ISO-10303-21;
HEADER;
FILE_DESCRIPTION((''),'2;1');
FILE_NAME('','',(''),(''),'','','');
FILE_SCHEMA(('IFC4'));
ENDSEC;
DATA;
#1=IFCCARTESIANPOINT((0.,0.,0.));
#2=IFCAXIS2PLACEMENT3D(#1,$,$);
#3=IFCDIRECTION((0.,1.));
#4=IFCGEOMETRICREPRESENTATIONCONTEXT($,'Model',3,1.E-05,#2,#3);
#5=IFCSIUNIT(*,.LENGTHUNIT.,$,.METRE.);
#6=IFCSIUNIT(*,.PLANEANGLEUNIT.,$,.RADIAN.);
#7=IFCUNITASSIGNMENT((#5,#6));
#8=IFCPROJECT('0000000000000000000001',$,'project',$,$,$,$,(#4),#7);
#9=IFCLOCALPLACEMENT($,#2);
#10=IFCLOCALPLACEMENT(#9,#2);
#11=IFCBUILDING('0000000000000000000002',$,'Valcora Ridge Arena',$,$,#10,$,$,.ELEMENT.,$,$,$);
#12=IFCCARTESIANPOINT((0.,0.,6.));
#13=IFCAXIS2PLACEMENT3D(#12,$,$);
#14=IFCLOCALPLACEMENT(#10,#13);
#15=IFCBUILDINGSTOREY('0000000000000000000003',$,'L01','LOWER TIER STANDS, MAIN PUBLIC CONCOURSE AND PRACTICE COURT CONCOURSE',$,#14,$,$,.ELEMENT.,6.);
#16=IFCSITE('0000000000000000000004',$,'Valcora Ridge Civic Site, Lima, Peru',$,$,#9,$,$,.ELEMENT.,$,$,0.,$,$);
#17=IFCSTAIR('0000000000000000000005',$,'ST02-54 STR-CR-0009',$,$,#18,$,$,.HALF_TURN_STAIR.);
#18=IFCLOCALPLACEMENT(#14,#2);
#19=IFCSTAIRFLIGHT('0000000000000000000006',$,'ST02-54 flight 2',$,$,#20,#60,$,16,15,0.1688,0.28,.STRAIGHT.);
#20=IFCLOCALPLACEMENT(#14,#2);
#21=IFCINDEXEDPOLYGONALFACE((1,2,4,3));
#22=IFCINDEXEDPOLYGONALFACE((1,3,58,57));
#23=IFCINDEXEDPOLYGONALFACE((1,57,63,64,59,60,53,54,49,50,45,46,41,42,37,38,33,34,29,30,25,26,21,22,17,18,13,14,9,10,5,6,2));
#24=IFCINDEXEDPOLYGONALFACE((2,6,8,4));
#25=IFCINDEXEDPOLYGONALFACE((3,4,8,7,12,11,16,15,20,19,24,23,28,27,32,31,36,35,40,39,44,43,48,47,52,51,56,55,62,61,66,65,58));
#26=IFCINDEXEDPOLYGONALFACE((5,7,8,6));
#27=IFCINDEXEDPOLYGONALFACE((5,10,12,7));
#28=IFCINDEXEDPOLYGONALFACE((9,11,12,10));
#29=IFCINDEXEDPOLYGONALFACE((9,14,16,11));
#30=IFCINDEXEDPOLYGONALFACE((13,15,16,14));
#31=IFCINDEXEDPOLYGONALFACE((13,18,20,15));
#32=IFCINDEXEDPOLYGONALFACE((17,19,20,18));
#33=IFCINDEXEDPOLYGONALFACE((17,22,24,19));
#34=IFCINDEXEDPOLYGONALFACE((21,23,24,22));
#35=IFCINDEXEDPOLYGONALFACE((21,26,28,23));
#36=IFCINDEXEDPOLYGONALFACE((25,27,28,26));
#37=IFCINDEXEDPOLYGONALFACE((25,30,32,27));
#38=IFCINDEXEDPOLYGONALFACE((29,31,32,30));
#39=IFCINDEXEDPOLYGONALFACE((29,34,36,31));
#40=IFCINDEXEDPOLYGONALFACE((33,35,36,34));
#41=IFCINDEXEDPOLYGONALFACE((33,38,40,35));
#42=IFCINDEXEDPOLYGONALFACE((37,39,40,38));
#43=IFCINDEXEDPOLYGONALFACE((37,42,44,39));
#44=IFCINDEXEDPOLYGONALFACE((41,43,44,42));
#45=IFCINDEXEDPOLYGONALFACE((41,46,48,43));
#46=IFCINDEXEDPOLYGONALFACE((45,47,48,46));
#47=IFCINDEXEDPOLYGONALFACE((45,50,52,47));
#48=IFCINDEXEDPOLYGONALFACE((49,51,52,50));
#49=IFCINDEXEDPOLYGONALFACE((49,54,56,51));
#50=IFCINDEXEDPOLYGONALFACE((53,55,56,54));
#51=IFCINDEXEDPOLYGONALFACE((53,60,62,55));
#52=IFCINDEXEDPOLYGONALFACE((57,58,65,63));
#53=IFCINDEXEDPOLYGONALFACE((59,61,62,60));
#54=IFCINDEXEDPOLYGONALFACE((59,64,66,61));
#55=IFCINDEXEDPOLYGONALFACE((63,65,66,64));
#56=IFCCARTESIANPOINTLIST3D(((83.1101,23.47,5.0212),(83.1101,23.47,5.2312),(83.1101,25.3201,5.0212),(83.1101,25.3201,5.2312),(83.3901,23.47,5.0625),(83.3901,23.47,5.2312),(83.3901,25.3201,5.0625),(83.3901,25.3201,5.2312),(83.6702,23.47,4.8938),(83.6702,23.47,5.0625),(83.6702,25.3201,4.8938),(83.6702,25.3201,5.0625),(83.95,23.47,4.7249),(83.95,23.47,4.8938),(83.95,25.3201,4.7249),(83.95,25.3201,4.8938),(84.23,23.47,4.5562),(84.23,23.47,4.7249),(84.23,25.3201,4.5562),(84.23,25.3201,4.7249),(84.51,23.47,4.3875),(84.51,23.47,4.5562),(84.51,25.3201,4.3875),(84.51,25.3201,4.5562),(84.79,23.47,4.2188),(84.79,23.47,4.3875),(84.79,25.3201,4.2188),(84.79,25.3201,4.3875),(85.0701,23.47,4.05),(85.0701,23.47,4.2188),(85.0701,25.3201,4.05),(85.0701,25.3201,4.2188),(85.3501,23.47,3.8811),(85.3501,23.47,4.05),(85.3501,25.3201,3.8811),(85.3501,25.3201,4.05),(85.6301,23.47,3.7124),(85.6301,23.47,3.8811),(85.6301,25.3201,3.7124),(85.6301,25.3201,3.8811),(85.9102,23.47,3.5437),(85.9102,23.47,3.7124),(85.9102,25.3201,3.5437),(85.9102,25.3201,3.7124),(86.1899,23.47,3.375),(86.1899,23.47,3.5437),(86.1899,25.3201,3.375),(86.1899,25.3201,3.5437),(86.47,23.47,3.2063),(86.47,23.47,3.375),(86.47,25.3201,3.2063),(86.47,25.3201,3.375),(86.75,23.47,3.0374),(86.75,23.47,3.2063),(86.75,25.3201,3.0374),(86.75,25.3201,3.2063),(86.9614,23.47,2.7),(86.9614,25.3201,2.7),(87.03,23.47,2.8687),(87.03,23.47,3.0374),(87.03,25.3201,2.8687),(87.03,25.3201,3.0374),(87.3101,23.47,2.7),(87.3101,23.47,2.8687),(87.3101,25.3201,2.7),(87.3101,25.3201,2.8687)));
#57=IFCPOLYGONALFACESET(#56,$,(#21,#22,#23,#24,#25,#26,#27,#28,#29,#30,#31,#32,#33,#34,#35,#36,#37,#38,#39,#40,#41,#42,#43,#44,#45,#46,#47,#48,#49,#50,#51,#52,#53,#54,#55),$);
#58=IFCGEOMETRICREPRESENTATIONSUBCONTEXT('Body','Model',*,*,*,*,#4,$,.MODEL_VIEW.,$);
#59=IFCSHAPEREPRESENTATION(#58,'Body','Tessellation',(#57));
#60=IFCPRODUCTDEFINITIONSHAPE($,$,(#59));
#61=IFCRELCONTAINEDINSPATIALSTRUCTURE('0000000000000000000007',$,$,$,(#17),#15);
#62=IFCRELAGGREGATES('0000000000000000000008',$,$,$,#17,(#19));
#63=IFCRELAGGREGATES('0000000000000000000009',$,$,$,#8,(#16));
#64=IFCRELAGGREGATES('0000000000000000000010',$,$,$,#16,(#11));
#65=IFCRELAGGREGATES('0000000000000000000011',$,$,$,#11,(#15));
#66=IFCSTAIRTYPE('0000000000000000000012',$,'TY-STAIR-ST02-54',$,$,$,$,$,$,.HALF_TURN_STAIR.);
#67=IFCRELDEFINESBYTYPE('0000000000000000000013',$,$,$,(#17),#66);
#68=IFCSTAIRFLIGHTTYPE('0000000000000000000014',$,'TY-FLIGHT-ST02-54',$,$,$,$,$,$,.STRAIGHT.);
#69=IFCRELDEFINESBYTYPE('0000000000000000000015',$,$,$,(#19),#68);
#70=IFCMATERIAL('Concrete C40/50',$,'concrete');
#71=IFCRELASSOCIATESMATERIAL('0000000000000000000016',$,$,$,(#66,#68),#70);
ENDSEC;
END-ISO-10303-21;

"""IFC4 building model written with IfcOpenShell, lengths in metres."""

from ifc_helpers import new_model, si_unit, direction, frame, origin, place, context, subcontext, project, spatial, polyline, outline, extrude, material, type_object, element, aggregate, save


model = new_model("IFC4")

# Units and contexts
model_context = context("Model", 3, precision=1e-05, world=origin(), true_north=direction((0.0, 1.0)))
body_context = subcontext(model_context, "Body", "Model", "MODEL_VIEW")
ifc_project = project(units=[si_unit("LENGTHUNIT", "METRE"), si_unit("PLANEANGLEUNIT", "RADIAN")], contexts=[model_context])

# Site, building, storey
site_placement = place(None, origin())
site = spatial("IfcSite", under=ifc_project, at=site_placement, Name="Valcora Ridge Civic Site, Lima, Peru", CompositionType="ELEMENT", RefElevation=0.0)
building_placement = place(site_placement, origin())
building = spatial("IfcBuilding", under=site, at=building_placement, Name="Valcora Ridge Arena", CompositionType="ELEMENT")
storey_placement = place(building_placement, frame((0.0, 0.0, 6.0)))
storey = spatial("IfcBuildingStorey", under=building, at=storey_placement, Name="L01", Description="LOWER TIER STANDS, MAIN PUBLIC CONCOURSE AND PRACTICE COURT CONCOURSE", CompositionType="ELEMENT", Elevation=6.0)

# Shared definitions
ifc_material_1 = material(Name="Concrete C40/50", Category="concrete")

# Stair, stair flight
stair_type = type_object("IfcStairType", Name="TY-STAIR-ST02-54", PredefinedType="HALF_TURN_STAIR", material=ifc_material_1)
stair_placement = place(storey_placement, origin())
stair = element("IfcStair", 1, at=stair_placement, inside=storey, type_object=stair_type, Name="ST02-54 STR-CR-0009", PredefinedType="HALF_TURN_STAIR")
stair_flight_type = type_object("IfcStairFlightType", Name="TY-FLIGHT-ST02-54", PredefinedType="STRAIGHT", material=ifc_material_1)
stair_flight_placement = place(storey_placement, frame((87.3101, 24.395, 2.7), z_axis=(0.0, 0.0, 1.0), x_axis=(-1.0, 0.0, 0.0)))
stair_flight = element("IfcStairFlight", 2, at=stair_flight_placement, type_object=stair_flight_type, Name="ST02-54 flight 2", NumberOfRisers=16, NumberOfTreads=15, PredefinedType="STRAIGHT", RiserHeight=0.1688, TreadLength=0.28, context=body_context, shape_type="SweptSolid", body=[
    extrude(outline(polyline([(0.0, 0.0), (0.0, 0.1687), (0.28, 0.1687), (0.28, 0.3374), (0.5601, 0.3374), (0.5601, 0.5063), (0.8401, 0.5063), (0.8401, 0.675), (1.1201, 0.675), (1.1201, 0.8438), (1.3999, 0.8438), (1.3999, 1.0125), (1.6799, 1.0125), (1.6799, 1.1812), (1.96, 1.1812), (1.96, 1.3501), (2.24, 1.3501), (2.24, 1.5188), (2.52, 1.5188), (2.52, 1.6875), (2.8, 1.6875), (2.8, 1.8562), (3.0801, 1.8562), (3.0801, 2.0249), (3.3601, 2.0249), (3.3601, 2.1938), (3.6399, 2.1938), (3.6399, 2.3625), (3.9199, 2.3625), (3.9199, 2.5312), (4.2, 2.5312), (4.2, 2.7), (4.2, 2.3213), (0.3486, 0.0), (0.0, 0.0)])), frame((0.0, 0.925, 0.0), z_axis=(0.0, -1.0, 0.0), x_axis=(1.0, 0.0, 0.0)), (0.0, 0.0, 1.0), 1.8501),
])
aggregate(stair, [stair_flight])

save(model, "model.ifc")
